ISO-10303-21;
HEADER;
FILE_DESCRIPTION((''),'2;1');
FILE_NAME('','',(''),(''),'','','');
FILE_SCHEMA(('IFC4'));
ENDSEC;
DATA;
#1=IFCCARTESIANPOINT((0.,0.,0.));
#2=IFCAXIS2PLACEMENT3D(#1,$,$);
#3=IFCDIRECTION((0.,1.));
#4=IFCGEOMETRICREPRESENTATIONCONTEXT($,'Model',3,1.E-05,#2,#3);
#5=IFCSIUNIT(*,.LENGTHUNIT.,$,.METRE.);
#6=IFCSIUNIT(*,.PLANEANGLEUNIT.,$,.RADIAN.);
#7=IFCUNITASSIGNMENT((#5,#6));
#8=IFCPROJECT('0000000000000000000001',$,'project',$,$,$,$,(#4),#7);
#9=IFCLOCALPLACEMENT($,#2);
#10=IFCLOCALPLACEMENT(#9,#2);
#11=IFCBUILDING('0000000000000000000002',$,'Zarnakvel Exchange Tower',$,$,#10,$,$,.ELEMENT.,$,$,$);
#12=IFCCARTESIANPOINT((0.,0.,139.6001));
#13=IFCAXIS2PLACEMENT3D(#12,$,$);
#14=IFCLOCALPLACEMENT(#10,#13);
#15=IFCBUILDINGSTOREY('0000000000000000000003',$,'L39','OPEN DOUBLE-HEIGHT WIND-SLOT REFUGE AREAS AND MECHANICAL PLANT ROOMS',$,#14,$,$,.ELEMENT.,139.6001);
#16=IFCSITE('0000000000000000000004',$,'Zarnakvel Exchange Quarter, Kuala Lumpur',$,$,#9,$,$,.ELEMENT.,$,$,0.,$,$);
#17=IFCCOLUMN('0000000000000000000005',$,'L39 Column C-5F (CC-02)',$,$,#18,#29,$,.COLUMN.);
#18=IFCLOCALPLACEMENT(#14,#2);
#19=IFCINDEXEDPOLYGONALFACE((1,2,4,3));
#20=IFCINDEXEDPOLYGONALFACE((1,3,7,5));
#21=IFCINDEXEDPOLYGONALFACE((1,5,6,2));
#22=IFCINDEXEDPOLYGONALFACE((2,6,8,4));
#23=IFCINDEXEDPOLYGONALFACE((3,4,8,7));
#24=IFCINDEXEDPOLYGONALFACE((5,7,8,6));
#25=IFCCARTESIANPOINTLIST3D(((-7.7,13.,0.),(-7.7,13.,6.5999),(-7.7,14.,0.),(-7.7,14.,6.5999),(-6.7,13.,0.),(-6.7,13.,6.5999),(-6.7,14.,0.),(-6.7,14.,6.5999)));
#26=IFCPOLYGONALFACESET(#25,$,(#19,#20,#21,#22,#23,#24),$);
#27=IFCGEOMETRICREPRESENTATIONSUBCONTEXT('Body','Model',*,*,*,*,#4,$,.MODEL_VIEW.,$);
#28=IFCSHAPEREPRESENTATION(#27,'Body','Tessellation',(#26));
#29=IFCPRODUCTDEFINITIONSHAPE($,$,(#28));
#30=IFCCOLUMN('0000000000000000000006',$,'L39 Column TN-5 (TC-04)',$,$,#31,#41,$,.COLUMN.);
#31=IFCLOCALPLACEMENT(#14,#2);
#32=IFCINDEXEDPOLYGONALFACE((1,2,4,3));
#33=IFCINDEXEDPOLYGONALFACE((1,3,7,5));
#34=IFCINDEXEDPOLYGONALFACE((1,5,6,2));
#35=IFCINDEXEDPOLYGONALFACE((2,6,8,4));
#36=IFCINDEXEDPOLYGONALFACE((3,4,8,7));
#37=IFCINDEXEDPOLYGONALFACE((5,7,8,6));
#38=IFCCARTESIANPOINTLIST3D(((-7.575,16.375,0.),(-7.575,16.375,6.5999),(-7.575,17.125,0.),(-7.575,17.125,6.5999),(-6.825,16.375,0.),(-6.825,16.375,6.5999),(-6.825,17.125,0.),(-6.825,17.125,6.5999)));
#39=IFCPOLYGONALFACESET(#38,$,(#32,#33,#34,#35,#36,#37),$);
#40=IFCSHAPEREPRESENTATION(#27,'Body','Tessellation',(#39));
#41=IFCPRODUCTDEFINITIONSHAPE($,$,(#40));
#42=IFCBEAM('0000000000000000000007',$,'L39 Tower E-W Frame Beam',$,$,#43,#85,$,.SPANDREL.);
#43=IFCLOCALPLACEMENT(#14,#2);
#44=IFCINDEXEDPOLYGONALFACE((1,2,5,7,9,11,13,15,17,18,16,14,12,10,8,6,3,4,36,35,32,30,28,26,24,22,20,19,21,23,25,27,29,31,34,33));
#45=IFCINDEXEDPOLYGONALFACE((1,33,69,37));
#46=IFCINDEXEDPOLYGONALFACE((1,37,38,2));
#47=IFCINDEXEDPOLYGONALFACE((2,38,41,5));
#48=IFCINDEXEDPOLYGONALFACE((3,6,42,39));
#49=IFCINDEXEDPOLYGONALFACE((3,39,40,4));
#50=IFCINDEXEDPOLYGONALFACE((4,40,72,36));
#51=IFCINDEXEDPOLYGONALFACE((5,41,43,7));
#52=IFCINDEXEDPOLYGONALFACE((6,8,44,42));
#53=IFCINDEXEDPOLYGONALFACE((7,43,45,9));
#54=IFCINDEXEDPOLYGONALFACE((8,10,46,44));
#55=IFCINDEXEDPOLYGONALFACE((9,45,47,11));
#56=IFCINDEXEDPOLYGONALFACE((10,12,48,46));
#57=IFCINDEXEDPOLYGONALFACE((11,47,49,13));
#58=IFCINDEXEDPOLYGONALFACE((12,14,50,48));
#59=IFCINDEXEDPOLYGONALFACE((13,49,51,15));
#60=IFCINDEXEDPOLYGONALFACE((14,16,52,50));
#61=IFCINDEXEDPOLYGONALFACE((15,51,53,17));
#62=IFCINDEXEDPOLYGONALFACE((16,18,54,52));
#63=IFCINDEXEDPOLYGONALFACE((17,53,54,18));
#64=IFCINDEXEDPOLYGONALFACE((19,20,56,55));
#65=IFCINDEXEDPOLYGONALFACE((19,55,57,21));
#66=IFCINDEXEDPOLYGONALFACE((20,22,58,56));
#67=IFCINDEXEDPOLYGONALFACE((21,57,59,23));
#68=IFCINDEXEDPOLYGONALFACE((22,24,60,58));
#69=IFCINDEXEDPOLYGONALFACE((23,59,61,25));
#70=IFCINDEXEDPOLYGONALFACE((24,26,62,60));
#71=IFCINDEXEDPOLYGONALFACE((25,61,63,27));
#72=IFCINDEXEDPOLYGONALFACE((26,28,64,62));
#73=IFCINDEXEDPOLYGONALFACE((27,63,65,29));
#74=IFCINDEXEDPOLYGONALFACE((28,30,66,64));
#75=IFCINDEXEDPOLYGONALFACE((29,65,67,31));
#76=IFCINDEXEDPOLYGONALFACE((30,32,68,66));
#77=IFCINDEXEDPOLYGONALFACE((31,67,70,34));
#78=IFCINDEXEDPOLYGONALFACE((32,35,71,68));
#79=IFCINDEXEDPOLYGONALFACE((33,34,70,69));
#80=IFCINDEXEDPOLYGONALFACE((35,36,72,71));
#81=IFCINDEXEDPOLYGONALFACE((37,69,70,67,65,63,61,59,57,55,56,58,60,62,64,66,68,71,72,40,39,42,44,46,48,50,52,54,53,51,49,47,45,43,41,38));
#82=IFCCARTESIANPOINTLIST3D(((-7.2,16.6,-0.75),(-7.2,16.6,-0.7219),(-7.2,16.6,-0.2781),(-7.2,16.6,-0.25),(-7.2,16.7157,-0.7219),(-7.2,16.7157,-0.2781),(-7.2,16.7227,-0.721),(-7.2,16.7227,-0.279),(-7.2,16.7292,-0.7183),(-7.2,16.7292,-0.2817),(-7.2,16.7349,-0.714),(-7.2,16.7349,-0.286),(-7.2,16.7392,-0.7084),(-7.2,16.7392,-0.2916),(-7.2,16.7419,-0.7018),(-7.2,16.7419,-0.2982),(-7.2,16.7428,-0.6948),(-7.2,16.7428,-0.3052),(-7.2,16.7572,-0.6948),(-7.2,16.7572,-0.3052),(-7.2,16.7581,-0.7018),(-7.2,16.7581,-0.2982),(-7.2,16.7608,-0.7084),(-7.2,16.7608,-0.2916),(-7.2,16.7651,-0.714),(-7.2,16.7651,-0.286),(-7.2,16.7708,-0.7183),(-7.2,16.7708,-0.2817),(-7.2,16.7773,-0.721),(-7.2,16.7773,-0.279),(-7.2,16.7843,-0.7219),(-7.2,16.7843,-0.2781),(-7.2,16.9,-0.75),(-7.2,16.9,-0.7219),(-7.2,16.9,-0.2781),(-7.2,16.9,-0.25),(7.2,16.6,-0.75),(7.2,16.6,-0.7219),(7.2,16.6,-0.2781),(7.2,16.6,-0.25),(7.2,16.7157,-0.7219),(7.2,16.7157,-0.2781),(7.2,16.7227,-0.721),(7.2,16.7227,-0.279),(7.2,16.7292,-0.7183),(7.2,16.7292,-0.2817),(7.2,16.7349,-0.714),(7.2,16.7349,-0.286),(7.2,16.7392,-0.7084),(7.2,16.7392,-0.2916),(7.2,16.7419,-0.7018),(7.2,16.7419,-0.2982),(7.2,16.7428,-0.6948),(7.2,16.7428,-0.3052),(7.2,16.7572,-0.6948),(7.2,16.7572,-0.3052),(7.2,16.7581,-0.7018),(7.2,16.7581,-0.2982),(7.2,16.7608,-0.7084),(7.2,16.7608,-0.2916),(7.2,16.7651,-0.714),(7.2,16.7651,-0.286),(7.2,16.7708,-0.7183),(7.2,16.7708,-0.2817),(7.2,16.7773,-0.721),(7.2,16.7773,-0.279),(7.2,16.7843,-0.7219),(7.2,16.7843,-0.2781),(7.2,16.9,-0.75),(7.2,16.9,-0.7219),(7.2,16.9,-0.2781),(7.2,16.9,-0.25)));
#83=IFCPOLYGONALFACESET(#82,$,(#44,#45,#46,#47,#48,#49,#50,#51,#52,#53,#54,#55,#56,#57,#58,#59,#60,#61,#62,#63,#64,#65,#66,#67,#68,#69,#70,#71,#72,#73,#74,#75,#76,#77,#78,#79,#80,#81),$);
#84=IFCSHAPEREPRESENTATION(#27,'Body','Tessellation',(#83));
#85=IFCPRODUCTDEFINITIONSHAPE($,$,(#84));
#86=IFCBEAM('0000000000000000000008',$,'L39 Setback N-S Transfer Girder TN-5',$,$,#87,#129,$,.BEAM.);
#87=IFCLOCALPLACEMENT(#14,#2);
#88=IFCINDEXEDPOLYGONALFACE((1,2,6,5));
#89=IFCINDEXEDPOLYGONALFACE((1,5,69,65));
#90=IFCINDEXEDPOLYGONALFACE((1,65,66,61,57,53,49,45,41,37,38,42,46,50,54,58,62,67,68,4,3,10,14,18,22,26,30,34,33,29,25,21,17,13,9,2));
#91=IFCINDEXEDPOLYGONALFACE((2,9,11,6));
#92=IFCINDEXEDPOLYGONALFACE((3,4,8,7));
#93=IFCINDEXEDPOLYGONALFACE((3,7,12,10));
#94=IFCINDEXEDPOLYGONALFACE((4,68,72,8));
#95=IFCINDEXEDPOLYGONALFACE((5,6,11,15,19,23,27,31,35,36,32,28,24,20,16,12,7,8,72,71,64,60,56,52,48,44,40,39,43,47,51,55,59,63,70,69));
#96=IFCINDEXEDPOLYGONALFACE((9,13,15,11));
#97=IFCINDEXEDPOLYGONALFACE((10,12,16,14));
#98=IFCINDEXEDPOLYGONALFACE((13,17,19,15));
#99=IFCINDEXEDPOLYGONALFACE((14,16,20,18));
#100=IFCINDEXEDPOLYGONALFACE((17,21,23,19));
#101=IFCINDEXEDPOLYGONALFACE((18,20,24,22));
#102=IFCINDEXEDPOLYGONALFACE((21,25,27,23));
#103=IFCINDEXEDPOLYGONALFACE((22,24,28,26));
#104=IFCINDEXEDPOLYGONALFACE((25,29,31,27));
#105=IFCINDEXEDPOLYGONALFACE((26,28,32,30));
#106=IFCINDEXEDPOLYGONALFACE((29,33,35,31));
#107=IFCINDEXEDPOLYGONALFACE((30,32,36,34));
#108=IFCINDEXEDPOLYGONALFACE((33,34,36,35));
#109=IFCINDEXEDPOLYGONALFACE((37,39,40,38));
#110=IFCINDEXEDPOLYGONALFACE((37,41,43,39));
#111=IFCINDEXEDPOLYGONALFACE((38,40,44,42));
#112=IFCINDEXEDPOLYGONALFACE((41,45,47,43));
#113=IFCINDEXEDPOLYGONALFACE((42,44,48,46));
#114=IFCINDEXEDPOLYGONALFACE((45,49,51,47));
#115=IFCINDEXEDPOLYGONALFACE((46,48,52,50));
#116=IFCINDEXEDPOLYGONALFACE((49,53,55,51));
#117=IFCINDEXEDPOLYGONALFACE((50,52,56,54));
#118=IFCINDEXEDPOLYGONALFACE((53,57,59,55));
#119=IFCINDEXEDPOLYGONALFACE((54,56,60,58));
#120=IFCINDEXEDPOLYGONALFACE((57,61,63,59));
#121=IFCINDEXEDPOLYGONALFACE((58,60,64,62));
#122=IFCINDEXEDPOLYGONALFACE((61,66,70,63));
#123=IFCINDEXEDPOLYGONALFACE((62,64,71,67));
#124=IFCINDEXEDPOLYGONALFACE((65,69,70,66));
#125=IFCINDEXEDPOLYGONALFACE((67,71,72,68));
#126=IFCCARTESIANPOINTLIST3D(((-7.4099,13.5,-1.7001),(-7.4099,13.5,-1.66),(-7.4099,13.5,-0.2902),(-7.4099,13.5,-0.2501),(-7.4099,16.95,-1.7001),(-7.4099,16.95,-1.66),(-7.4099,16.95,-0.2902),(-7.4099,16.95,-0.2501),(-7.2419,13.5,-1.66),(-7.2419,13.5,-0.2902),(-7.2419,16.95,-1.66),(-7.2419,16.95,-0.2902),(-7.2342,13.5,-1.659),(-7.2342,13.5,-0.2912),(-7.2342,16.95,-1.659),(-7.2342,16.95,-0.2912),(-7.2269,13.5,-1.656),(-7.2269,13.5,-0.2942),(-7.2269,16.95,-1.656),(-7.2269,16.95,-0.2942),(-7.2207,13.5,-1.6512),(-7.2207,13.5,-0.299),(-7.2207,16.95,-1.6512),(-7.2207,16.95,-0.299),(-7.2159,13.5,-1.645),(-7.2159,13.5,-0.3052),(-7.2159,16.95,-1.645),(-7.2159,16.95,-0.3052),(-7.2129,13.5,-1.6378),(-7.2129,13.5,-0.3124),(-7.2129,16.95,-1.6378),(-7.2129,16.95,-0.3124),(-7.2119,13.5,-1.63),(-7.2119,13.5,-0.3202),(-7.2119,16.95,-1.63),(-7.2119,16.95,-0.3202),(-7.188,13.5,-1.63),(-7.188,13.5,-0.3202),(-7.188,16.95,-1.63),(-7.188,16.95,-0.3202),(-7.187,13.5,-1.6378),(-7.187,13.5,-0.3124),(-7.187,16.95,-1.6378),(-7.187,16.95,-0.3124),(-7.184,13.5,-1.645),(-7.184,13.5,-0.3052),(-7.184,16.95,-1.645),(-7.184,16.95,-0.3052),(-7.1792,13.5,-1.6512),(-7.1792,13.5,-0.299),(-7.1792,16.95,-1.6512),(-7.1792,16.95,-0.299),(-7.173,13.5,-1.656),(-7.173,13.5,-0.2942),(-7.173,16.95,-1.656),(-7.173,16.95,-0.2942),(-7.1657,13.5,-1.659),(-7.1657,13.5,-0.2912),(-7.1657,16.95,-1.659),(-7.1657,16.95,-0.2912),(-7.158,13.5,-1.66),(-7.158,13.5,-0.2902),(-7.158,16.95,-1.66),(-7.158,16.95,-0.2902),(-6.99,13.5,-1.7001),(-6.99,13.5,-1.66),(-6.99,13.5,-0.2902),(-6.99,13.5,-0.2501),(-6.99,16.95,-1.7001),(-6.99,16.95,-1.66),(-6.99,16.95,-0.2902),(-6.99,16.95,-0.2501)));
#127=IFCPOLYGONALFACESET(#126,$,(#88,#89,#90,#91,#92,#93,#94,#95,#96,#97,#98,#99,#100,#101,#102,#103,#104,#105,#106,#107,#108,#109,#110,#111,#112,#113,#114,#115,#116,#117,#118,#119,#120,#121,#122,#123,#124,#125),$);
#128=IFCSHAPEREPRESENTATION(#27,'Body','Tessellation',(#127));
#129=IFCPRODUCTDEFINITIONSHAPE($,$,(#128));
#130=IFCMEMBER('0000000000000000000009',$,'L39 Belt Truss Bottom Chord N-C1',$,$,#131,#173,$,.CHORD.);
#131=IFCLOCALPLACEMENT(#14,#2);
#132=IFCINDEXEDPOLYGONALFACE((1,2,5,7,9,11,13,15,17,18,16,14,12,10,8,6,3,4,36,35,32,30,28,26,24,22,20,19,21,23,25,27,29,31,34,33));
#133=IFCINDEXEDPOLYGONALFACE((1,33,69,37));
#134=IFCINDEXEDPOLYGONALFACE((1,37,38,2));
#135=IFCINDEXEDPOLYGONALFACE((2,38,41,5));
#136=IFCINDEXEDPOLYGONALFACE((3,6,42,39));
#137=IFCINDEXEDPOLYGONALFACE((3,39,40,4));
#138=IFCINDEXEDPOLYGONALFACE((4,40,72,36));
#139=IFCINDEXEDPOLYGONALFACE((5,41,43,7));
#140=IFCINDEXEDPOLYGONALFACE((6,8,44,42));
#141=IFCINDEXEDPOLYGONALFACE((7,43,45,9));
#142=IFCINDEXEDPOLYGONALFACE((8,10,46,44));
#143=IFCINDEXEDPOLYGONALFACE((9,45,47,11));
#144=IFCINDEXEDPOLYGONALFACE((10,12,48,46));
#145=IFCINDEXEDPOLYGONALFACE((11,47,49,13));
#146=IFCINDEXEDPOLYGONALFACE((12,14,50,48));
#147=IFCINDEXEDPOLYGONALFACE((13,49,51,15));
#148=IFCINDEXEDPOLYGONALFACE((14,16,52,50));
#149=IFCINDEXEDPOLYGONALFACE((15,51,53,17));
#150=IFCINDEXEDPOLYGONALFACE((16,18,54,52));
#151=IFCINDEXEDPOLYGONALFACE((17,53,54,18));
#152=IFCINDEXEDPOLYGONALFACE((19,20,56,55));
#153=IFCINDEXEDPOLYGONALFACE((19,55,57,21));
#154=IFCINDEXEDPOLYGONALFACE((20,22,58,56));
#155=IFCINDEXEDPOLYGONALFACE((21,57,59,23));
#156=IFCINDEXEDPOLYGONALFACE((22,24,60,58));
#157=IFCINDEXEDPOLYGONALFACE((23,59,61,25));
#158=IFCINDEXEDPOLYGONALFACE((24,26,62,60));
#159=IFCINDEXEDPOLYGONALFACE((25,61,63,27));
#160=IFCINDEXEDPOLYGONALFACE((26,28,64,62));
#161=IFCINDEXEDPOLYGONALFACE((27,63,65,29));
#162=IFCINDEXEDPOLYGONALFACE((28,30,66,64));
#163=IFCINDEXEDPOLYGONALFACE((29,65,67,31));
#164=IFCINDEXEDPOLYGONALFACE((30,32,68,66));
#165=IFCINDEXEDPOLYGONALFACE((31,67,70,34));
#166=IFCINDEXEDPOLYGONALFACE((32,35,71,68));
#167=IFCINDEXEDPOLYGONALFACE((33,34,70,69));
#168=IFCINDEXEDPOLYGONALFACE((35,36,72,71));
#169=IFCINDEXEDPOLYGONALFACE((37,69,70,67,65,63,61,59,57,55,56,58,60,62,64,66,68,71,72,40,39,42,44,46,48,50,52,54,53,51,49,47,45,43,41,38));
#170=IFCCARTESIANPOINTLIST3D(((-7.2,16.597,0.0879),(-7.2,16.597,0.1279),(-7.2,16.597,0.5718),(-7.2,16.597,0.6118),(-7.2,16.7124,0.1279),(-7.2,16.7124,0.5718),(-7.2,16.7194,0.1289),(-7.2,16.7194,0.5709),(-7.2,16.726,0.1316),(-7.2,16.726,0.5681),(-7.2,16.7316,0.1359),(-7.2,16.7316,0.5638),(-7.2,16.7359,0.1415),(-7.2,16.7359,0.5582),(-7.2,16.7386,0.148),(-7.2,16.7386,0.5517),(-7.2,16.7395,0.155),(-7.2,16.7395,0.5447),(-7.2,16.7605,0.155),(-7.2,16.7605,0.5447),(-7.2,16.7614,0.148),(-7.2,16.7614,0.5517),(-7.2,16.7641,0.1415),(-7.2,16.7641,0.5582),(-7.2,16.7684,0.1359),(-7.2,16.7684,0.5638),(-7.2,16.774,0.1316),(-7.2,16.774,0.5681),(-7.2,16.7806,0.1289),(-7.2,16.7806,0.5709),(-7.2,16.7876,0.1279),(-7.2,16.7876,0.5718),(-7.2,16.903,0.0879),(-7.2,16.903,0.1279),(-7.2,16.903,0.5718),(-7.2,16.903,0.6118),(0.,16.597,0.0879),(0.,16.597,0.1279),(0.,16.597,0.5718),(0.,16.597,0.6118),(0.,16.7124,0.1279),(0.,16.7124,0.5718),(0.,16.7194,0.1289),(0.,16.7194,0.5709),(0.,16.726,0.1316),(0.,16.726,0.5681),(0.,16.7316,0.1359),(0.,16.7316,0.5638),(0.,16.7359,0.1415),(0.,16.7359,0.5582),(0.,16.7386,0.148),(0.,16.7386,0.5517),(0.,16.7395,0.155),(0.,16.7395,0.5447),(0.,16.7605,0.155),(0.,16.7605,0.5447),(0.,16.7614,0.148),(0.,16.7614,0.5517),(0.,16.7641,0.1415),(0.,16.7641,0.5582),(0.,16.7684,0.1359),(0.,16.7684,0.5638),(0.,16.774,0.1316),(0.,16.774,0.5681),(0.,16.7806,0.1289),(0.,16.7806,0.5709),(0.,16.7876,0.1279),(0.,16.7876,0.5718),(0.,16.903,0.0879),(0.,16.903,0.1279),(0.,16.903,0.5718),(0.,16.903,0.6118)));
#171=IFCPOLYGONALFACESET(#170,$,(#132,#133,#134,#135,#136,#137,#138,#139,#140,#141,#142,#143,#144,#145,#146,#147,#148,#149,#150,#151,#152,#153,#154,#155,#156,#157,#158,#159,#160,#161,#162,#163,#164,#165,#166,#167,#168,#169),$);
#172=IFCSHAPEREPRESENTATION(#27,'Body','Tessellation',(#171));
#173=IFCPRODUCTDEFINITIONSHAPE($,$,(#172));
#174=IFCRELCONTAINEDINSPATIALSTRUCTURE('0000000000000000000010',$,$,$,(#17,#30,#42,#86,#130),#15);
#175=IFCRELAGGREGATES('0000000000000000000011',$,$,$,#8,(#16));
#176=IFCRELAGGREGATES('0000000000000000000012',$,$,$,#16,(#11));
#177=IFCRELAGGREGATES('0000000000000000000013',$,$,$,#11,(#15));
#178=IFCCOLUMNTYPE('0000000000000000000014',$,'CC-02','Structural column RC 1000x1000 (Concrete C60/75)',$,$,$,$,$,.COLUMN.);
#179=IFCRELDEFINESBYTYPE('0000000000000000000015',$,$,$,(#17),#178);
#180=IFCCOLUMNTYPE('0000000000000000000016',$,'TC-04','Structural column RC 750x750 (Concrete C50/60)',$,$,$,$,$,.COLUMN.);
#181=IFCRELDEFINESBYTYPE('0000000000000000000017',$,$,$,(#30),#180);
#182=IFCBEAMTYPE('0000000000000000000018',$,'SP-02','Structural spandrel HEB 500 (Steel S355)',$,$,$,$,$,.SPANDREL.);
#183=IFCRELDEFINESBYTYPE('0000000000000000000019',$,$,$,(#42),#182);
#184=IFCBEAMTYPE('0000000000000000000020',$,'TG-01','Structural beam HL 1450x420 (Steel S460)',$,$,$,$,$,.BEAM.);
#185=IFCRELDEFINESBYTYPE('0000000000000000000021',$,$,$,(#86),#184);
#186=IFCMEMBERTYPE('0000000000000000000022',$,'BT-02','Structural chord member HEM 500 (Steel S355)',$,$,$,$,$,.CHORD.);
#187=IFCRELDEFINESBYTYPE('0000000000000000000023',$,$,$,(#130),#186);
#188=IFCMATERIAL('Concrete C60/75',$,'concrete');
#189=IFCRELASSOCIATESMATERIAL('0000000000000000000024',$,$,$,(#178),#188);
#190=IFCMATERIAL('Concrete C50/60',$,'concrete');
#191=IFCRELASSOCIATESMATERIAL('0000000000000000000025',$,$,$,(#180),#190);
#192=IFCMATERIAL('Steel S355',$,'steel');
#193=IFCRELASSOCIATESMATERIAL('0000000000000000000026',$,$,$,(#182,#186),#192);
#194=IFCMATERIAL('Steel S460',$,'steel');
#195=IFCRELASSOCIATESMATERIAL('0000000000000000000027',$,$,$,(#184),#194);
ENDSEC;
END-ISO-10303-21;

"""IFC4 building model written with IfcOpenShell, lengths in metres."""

from ifc_helpers import new_model, si_unit, direction, frame, origin, origin_2d, place, context, subcontext, project, spatial, rectangle, i_section, extrude, source, transform, mapped, material, material_profile, profile_set, type_object, element, save


model = new_model("IFC4")

# Units and contexts
model_context = context("Model", 3, precision=1e-05, world=origin(), true_north=direction((0.0, 1.0)))
body_context = subcontext(model_context, "Body", "Model", "MODEL_VIEW")
ifc_project = project(units=[si_unit("LENGTHUNIT", "METRE"), si_unit("PLANEANGLEUNIT", "RADIAN")], contexts=[model_context])

# Site, building, storey
site_placement = place(None, origin())
site = spatial("IfcSite", under=ifc_project, at=site_placement, Name="Zarnakvel Exchange Quarter, Kuala Lumpur", CompositionType="ELEMENT", RefElevation=0.0)
building_placement = place(site_placement, origin())
building = spatial("IfcBuilding", under=site, at=building_placement, Name="Zarnakvel Exchange Tower", CompositionType="ELEMENT")
storey_placement = place(building_placement, frame((0.0, 0.0, 139.6001)))
storey = spatial("IfcBuildingStorey", under=building, at=storey_placement, Name="L39", Description="OPEN DOUBLE-HEIGHT WIND-SLOT REFUGE AREAS AND MECHANICAL PLANT ROOMS", CompositionType="ELEMENT", Elevation=139.6001)

# Columns
ifc_material_1 = material(Name="Concrete C60/75", Category="concrete")
ifc_material_profile_1 = material_profile(ifc_material_1, rectangle(XDim=1.0, YDim=1.0, at=origin_2d()))
ifc_profile_set_1 = profile_set([ifc_material_profile_1], Name="Concrete C60/75")
column_type_1 = type_object("IfcColumnType", Name="CC-02", Description="Structural column RC 1000x1000 (Concrete C60/75)", PredefinedType="COLUMN", material=ifc_profile_set_1)
column_1_placement = place(storey_placement, frame((-7.2, 13.5, 0.0), z_axis=(0.0, 0.0, 1.0), x_axis=(1.0, 0.0, 0.0)))
element("IfcColumn", 1, at=column_1_placement, inside=storey, type_object=column_type_1, Name="L39 Column C-5F (CC-02)", PredefinedType="COLUMN", context=body_context, shape_type="SweptSolid", body=[
    extrude(rectangle(XDim=1.0, YDim=1.0, at=origin_2d()), origin(), (0.0, 0.0, 1.0), 6.5999),
])
ifc_material_2 = material(Name="Concrete C50/60", Category="concrete")
ifc_material_profile_2 = material_profile(ifc_material_2, rectangle(XDim=0.75, YDim=0.75, at=origin_2d()))
ifc_profile_set_2 = profile_set([ifc_material_profile_2], Name="Concrete C50/60")
column_type_2 = type_object("IfcColumnType", Name="TC-04", Description="Structural column RC 750x750 (Concrete C50/60)", PredefinedType="COLUMN", material=ifc_profile_set_2)
column_2_placement = place(storey_placement, frame((-7.2, 16.75, 0.0), z_axis=(0.0, 0.0, 1.0), x_axis=(1.0, 0.0, 0.0)))
element("IfcColumn", 2, at=column_2_placement, inside=storey, type_object=column_type_2, Name="L39 Column TN-5 (TC-04)", PredefinedType="COLUMN", context=body_context, shape_type="SweptSolid", body=[
    extrude(rectangle(XDim=0.75, YDim=0.75, at=origin_2d()), origin(), (0.0, 0.0, 1.0), 6.5999),
])

# Beams
ifc_material_3 = material(Name="Steel S355", Category="steel")
ifc_material_profile_3 = material_profile(ifc_material_3, i_section(OverallWidth=0.3, OverallDepth=0.5, WebThickness=0.0144, FlangeThickness=0.0281, FilletRadius=0.0271, at=origin_2d()))
ifc_profile_set_3 = profile_set([ifc_material_profile_3], Name="Steel S355")
beam_type_1 = type_object("IfcBeamType", Name="SP-02", Description="Structural spandrel HEB 500 (Steel S355)", PredefinedType="SPANDREL", material=ifc_profile_set_3)
beam_1_placement = place(storey_placement, frame((-7.2, 16.75, -0.5), z_axis=(1.0, 0.0, 0.0), x_axis=(0.0, 1.0, 0.0)))
element("IfcBeam", 3, at=beam_1_placement, inside=storey, type_object=beam_type_1, Name="L39 Tower E-W Frame Beam", PredefinedType="SPANDREL", context=body_context, shape_type="SweptSolid", body=[
    extrude(i_section(OverallWidth=0.3, OverallDepth=0.5, WebThickness=0.0144, FlangeThickness=0.0281, FilletRadius=0.0271, at=origin_2d()), origin(), (0.0, 0.0, 1.0), 14.3999),
])
ifc_material_4 = material(Name="Steel S460", Category="steel")
ifc_material_profile_4 = material_profile(ifc_material_4, i_section(OverallWidth=0.4199, OverallDepth=1.45, WebThickness=0.0239, FlangeThickness=0.04, FilletRadius=0.03, at=origin_2d()))
ifc_profile_set_4 = profile_set([ifc_material_profile_4], Name="Steel S460")
beam_type_2 = type_object("IfcBeamType", Name="TG-01", Description="Structural beam HL 1450x420 (Steel S460)", PredefinedType="BEAM", material=ifc_profile_set_4)
beam_2_placement = place(storey_placement, frame((-7.2, 13.5, -0.9751), z_axis=(0.0, 1.0, 0.0), x_axis=(-1.0, 0.0, 0.0)))
element("IfcBeam", 4, at=beam_2_placement, inside=storey, type_object=beam_type_2, Name="L39 Setback N-S Transfer Girder TN-5", PredefinedType="BEAM", context=body_context, shape_type="SweptSolid", body=[
    extrude(i_section(OverallWidth=0.4199, OverallDepth=1.45, WebThickness=0.0239, FlangeThickness=0.04, FilletRadius=0.03, at=origin_2d()), origin(), (0.0, 0.0, 1.0), 3.45),
])

# Member
ifc_material_profile_5 = material_profile(ifc_material_3, i_section(OverallWidth=0.3059, OverallDepth=0.5239, WebThickness=0.021, FlangeThickness=0.04, FilletRadius=0.0271, at=origin_2d()))
ifc_profile_set_5 = profile_set([ifc_material_profile_5], Name="Steel S355")
member_type_1 = type_object("IfcMemberType", Name="BT-02", Description="Structural chord member HEM 500 (Steel S355)", PredefinedType="CHORD", material=ifc_profile_set_5)
shared_shape_1 = source(origin(), body_context, "Body", "SweptSolid", [
    extrude(i_section(OverallWidth=0.3059, OverallDepth=0.5239, WebThickness=0.021, FlangeThickness=0.04, FilletRadius=0.0271, at=origin_2d()), origin(), (0.0, 0.0, 1.0), 7.2),
])
for number, where, z_axis, x_axis, name in (
    (5, (-7.2, 16.75, 0.3499), (1.0, 0.0, 0.0), (0.0, 1.0, 0.0), "L39 Belt Truss Bottom Chord N-C1"),
):
    element("IfcMember", number, at=place(storey_placement, frame(where, z_axis=z_axis, x_axis=x_axis)), inside=storey, type_object=member_type_1, Name=name, PredefinedType="CHORD", context=body_context, shape_type="MappedRepresentation", body=[
        mapped(shared_shape_1, transform((0.0, 0.0, 0.0), x_axis=(1.0, 0.0, 0.0), y_axis=(0.0, 1.0, 0.0), z_axis=(0.0, 0.0, 1.0), scale=1.0)),
    ])

save(model, "model.ifc")
